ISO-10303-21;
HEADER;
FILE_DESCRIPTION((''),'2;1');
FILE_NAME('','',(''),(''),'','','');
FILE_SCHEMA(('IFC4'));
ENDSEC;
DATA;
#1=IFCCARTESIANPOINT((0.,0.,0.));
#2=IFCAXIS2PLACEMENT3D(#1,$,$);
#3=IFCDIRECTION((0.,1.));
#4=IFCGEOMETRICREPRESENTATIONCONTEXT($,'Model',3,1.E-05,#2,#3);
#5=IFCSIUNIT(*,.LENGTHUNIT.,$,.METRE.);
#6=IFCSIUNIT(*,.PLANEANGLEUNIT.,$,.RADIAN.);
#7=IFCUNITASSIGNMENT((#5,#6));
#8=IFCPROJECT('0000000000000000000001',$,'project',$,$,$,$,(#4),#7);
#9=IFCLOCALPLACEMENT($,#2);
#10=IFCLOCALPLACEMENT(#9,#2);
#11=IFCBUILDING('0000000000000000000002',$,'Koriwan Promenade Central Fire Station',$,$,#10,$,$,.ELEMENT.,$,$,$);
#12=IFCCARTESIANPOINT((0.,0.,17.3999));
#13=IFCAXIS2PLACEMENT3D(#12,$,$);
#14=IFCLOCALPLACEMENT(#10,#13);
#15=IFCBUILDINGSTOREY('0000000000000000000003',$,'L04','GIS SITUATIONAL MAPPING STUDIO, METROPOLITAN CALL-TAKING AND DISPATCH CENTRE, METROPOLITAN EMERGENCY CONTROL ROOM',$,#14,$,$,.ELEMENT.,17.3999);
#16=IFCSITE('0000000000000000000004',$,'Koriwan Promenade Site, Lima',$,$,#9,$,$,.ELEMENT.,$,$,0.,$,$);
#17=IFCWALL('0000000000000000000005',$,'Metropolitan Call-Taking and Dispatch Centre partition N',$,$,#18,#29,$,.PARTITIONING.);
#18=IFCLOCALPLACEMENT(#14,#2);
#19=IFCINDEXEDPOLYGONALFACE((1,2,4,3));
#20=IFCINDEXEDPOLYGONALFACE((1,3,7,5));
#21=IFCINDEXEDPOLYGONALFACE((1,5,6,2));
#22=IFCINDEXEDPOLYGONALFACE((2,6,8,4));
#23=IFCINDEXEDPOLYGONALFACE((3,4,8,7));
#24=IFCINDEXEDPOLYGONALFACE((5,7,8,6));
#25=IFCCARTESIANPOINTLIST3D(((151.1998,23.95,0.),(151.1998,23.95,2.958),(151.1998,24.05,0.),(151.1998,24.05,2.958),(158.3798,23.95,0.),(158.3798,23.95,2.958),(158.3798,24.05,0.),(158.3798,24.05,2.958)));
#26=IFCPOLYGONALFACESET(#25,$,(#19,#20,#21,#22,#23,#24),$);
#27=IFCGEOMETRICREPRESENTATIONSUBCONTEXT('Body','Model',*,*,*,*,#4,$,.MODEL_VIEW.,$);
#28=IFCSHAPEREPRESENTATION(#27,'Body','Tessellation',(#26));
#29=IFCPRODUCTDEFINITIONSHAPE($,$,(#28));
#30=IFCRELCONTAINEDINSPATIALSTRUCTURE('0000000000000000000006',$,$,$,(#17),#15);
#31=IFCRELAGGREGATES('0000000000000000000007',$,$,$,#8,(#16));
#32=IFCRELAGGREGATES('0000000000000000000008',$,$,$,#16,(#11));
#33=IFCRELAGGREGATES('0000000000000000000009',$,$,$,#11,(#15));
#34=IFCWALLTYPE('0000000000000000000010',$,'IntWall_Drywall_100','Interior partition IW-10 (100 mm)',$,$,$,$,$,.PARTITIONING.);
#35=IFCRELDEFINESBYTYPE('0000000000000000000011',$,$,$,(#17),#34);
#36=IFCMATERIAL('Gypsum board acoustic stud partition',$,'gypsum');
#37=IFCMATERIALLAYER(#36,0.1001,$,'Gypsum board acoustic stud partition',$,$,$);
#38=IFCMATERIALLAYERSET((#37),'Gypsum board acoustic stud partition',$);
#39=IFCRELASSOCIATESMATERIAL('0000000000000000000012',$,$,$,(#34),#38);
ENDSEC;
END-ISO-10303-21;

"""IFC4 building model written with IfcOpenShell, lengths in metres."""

from ifc_helpers import new_model, si_unit, direction, frame, frame_2d, origin, place, context, subcontext, project, spatial, rectangle, extrude, material, layer, layer_set, type_object, element, save


model = new_model("IFC4")

# Units and contexts
model_context = context("Model", 3, precision=1e-05, world=origin(), true_north=direction((0.0, 1.0)))
body_context = subcontext(model_context, "Body", "Model", "MODEL_VIEW")
ifc_project = project(units=[si_unit("LENGTHUNIT", "METRE"), si_unit("PLANEANGLEUNIT", "RADIAN")], contexts=[model_context])

# Site, building, storey
site_placement = place(None, origin())
site = spatial("IfcSite", under=ifc_project, at=site_placement, Name="Koriwan Promenade Site, Lima", CompositionType="ELEMENT", RefElevation=0.0)
building_placement = place(site_placement, origin())
building = spatial("IfcBuilding", under=site, at=building_placement, Name="Koriwan Promenade Central Fire Station", CompositionType="ELEMENT")
storey_placement = place(building_placement, frame((0.0, 0.0, 17.3999)))
storey = spatial("IfcBuildingStorey", under=building, at=storey_placement, Name="L04", Description="GIS SITUATIONAL MAPPING STUDIO, METROPOLITAN CALL-TAKING AND DISPATCH CENTRE, METROPOLITAN EMERGENCY CONTROL ROOM", CompositionType="ELEMENT", Elevation=17.3999)

# Wall
ifc_material_1 = material(Name="Gypsum board acoustic stud partition", Category="gypsum")
ifc_layer_1 = layer(ifc_material_1, 0.1001, Name="Gypsum board acoustic stud partition")
ifc_layer_set_1 = layer_set([ifc_layer_1], Name="Gypsum board acoustic stud partition")
wall_type_1 = type_object("IfcWallType", Name="IntWall_Drywall_100", Description="Interior partition IW-10 (100 mm)", PredefinedType="PARTITIONING", material=ifc_layer_set_1)
wall_1_placement = place(storey_placement, frame((151.2, 24.0, 0.0), z_axis=(0.0, 0.0, 1.0), x_axis=(1.0, 0.0, 0.0)))
element("IfcWall", 1, at=wall_1_placement, inside=storey, type_object=wall_type_1, Name="Metropolitan Call-Taking and Dispatch Centre partition N", PredefinedType="PARTITIONING", context=body_context, shape_type="SweptSolid", body=[
    extrude(rectangle(XDim=7.1799, YDim=0.1001, at=frame_2d((3.5898, 0.0))), origin(), (0.0, 0.0, 1.0), 2.958),
])

save(model, "model.ifc")
